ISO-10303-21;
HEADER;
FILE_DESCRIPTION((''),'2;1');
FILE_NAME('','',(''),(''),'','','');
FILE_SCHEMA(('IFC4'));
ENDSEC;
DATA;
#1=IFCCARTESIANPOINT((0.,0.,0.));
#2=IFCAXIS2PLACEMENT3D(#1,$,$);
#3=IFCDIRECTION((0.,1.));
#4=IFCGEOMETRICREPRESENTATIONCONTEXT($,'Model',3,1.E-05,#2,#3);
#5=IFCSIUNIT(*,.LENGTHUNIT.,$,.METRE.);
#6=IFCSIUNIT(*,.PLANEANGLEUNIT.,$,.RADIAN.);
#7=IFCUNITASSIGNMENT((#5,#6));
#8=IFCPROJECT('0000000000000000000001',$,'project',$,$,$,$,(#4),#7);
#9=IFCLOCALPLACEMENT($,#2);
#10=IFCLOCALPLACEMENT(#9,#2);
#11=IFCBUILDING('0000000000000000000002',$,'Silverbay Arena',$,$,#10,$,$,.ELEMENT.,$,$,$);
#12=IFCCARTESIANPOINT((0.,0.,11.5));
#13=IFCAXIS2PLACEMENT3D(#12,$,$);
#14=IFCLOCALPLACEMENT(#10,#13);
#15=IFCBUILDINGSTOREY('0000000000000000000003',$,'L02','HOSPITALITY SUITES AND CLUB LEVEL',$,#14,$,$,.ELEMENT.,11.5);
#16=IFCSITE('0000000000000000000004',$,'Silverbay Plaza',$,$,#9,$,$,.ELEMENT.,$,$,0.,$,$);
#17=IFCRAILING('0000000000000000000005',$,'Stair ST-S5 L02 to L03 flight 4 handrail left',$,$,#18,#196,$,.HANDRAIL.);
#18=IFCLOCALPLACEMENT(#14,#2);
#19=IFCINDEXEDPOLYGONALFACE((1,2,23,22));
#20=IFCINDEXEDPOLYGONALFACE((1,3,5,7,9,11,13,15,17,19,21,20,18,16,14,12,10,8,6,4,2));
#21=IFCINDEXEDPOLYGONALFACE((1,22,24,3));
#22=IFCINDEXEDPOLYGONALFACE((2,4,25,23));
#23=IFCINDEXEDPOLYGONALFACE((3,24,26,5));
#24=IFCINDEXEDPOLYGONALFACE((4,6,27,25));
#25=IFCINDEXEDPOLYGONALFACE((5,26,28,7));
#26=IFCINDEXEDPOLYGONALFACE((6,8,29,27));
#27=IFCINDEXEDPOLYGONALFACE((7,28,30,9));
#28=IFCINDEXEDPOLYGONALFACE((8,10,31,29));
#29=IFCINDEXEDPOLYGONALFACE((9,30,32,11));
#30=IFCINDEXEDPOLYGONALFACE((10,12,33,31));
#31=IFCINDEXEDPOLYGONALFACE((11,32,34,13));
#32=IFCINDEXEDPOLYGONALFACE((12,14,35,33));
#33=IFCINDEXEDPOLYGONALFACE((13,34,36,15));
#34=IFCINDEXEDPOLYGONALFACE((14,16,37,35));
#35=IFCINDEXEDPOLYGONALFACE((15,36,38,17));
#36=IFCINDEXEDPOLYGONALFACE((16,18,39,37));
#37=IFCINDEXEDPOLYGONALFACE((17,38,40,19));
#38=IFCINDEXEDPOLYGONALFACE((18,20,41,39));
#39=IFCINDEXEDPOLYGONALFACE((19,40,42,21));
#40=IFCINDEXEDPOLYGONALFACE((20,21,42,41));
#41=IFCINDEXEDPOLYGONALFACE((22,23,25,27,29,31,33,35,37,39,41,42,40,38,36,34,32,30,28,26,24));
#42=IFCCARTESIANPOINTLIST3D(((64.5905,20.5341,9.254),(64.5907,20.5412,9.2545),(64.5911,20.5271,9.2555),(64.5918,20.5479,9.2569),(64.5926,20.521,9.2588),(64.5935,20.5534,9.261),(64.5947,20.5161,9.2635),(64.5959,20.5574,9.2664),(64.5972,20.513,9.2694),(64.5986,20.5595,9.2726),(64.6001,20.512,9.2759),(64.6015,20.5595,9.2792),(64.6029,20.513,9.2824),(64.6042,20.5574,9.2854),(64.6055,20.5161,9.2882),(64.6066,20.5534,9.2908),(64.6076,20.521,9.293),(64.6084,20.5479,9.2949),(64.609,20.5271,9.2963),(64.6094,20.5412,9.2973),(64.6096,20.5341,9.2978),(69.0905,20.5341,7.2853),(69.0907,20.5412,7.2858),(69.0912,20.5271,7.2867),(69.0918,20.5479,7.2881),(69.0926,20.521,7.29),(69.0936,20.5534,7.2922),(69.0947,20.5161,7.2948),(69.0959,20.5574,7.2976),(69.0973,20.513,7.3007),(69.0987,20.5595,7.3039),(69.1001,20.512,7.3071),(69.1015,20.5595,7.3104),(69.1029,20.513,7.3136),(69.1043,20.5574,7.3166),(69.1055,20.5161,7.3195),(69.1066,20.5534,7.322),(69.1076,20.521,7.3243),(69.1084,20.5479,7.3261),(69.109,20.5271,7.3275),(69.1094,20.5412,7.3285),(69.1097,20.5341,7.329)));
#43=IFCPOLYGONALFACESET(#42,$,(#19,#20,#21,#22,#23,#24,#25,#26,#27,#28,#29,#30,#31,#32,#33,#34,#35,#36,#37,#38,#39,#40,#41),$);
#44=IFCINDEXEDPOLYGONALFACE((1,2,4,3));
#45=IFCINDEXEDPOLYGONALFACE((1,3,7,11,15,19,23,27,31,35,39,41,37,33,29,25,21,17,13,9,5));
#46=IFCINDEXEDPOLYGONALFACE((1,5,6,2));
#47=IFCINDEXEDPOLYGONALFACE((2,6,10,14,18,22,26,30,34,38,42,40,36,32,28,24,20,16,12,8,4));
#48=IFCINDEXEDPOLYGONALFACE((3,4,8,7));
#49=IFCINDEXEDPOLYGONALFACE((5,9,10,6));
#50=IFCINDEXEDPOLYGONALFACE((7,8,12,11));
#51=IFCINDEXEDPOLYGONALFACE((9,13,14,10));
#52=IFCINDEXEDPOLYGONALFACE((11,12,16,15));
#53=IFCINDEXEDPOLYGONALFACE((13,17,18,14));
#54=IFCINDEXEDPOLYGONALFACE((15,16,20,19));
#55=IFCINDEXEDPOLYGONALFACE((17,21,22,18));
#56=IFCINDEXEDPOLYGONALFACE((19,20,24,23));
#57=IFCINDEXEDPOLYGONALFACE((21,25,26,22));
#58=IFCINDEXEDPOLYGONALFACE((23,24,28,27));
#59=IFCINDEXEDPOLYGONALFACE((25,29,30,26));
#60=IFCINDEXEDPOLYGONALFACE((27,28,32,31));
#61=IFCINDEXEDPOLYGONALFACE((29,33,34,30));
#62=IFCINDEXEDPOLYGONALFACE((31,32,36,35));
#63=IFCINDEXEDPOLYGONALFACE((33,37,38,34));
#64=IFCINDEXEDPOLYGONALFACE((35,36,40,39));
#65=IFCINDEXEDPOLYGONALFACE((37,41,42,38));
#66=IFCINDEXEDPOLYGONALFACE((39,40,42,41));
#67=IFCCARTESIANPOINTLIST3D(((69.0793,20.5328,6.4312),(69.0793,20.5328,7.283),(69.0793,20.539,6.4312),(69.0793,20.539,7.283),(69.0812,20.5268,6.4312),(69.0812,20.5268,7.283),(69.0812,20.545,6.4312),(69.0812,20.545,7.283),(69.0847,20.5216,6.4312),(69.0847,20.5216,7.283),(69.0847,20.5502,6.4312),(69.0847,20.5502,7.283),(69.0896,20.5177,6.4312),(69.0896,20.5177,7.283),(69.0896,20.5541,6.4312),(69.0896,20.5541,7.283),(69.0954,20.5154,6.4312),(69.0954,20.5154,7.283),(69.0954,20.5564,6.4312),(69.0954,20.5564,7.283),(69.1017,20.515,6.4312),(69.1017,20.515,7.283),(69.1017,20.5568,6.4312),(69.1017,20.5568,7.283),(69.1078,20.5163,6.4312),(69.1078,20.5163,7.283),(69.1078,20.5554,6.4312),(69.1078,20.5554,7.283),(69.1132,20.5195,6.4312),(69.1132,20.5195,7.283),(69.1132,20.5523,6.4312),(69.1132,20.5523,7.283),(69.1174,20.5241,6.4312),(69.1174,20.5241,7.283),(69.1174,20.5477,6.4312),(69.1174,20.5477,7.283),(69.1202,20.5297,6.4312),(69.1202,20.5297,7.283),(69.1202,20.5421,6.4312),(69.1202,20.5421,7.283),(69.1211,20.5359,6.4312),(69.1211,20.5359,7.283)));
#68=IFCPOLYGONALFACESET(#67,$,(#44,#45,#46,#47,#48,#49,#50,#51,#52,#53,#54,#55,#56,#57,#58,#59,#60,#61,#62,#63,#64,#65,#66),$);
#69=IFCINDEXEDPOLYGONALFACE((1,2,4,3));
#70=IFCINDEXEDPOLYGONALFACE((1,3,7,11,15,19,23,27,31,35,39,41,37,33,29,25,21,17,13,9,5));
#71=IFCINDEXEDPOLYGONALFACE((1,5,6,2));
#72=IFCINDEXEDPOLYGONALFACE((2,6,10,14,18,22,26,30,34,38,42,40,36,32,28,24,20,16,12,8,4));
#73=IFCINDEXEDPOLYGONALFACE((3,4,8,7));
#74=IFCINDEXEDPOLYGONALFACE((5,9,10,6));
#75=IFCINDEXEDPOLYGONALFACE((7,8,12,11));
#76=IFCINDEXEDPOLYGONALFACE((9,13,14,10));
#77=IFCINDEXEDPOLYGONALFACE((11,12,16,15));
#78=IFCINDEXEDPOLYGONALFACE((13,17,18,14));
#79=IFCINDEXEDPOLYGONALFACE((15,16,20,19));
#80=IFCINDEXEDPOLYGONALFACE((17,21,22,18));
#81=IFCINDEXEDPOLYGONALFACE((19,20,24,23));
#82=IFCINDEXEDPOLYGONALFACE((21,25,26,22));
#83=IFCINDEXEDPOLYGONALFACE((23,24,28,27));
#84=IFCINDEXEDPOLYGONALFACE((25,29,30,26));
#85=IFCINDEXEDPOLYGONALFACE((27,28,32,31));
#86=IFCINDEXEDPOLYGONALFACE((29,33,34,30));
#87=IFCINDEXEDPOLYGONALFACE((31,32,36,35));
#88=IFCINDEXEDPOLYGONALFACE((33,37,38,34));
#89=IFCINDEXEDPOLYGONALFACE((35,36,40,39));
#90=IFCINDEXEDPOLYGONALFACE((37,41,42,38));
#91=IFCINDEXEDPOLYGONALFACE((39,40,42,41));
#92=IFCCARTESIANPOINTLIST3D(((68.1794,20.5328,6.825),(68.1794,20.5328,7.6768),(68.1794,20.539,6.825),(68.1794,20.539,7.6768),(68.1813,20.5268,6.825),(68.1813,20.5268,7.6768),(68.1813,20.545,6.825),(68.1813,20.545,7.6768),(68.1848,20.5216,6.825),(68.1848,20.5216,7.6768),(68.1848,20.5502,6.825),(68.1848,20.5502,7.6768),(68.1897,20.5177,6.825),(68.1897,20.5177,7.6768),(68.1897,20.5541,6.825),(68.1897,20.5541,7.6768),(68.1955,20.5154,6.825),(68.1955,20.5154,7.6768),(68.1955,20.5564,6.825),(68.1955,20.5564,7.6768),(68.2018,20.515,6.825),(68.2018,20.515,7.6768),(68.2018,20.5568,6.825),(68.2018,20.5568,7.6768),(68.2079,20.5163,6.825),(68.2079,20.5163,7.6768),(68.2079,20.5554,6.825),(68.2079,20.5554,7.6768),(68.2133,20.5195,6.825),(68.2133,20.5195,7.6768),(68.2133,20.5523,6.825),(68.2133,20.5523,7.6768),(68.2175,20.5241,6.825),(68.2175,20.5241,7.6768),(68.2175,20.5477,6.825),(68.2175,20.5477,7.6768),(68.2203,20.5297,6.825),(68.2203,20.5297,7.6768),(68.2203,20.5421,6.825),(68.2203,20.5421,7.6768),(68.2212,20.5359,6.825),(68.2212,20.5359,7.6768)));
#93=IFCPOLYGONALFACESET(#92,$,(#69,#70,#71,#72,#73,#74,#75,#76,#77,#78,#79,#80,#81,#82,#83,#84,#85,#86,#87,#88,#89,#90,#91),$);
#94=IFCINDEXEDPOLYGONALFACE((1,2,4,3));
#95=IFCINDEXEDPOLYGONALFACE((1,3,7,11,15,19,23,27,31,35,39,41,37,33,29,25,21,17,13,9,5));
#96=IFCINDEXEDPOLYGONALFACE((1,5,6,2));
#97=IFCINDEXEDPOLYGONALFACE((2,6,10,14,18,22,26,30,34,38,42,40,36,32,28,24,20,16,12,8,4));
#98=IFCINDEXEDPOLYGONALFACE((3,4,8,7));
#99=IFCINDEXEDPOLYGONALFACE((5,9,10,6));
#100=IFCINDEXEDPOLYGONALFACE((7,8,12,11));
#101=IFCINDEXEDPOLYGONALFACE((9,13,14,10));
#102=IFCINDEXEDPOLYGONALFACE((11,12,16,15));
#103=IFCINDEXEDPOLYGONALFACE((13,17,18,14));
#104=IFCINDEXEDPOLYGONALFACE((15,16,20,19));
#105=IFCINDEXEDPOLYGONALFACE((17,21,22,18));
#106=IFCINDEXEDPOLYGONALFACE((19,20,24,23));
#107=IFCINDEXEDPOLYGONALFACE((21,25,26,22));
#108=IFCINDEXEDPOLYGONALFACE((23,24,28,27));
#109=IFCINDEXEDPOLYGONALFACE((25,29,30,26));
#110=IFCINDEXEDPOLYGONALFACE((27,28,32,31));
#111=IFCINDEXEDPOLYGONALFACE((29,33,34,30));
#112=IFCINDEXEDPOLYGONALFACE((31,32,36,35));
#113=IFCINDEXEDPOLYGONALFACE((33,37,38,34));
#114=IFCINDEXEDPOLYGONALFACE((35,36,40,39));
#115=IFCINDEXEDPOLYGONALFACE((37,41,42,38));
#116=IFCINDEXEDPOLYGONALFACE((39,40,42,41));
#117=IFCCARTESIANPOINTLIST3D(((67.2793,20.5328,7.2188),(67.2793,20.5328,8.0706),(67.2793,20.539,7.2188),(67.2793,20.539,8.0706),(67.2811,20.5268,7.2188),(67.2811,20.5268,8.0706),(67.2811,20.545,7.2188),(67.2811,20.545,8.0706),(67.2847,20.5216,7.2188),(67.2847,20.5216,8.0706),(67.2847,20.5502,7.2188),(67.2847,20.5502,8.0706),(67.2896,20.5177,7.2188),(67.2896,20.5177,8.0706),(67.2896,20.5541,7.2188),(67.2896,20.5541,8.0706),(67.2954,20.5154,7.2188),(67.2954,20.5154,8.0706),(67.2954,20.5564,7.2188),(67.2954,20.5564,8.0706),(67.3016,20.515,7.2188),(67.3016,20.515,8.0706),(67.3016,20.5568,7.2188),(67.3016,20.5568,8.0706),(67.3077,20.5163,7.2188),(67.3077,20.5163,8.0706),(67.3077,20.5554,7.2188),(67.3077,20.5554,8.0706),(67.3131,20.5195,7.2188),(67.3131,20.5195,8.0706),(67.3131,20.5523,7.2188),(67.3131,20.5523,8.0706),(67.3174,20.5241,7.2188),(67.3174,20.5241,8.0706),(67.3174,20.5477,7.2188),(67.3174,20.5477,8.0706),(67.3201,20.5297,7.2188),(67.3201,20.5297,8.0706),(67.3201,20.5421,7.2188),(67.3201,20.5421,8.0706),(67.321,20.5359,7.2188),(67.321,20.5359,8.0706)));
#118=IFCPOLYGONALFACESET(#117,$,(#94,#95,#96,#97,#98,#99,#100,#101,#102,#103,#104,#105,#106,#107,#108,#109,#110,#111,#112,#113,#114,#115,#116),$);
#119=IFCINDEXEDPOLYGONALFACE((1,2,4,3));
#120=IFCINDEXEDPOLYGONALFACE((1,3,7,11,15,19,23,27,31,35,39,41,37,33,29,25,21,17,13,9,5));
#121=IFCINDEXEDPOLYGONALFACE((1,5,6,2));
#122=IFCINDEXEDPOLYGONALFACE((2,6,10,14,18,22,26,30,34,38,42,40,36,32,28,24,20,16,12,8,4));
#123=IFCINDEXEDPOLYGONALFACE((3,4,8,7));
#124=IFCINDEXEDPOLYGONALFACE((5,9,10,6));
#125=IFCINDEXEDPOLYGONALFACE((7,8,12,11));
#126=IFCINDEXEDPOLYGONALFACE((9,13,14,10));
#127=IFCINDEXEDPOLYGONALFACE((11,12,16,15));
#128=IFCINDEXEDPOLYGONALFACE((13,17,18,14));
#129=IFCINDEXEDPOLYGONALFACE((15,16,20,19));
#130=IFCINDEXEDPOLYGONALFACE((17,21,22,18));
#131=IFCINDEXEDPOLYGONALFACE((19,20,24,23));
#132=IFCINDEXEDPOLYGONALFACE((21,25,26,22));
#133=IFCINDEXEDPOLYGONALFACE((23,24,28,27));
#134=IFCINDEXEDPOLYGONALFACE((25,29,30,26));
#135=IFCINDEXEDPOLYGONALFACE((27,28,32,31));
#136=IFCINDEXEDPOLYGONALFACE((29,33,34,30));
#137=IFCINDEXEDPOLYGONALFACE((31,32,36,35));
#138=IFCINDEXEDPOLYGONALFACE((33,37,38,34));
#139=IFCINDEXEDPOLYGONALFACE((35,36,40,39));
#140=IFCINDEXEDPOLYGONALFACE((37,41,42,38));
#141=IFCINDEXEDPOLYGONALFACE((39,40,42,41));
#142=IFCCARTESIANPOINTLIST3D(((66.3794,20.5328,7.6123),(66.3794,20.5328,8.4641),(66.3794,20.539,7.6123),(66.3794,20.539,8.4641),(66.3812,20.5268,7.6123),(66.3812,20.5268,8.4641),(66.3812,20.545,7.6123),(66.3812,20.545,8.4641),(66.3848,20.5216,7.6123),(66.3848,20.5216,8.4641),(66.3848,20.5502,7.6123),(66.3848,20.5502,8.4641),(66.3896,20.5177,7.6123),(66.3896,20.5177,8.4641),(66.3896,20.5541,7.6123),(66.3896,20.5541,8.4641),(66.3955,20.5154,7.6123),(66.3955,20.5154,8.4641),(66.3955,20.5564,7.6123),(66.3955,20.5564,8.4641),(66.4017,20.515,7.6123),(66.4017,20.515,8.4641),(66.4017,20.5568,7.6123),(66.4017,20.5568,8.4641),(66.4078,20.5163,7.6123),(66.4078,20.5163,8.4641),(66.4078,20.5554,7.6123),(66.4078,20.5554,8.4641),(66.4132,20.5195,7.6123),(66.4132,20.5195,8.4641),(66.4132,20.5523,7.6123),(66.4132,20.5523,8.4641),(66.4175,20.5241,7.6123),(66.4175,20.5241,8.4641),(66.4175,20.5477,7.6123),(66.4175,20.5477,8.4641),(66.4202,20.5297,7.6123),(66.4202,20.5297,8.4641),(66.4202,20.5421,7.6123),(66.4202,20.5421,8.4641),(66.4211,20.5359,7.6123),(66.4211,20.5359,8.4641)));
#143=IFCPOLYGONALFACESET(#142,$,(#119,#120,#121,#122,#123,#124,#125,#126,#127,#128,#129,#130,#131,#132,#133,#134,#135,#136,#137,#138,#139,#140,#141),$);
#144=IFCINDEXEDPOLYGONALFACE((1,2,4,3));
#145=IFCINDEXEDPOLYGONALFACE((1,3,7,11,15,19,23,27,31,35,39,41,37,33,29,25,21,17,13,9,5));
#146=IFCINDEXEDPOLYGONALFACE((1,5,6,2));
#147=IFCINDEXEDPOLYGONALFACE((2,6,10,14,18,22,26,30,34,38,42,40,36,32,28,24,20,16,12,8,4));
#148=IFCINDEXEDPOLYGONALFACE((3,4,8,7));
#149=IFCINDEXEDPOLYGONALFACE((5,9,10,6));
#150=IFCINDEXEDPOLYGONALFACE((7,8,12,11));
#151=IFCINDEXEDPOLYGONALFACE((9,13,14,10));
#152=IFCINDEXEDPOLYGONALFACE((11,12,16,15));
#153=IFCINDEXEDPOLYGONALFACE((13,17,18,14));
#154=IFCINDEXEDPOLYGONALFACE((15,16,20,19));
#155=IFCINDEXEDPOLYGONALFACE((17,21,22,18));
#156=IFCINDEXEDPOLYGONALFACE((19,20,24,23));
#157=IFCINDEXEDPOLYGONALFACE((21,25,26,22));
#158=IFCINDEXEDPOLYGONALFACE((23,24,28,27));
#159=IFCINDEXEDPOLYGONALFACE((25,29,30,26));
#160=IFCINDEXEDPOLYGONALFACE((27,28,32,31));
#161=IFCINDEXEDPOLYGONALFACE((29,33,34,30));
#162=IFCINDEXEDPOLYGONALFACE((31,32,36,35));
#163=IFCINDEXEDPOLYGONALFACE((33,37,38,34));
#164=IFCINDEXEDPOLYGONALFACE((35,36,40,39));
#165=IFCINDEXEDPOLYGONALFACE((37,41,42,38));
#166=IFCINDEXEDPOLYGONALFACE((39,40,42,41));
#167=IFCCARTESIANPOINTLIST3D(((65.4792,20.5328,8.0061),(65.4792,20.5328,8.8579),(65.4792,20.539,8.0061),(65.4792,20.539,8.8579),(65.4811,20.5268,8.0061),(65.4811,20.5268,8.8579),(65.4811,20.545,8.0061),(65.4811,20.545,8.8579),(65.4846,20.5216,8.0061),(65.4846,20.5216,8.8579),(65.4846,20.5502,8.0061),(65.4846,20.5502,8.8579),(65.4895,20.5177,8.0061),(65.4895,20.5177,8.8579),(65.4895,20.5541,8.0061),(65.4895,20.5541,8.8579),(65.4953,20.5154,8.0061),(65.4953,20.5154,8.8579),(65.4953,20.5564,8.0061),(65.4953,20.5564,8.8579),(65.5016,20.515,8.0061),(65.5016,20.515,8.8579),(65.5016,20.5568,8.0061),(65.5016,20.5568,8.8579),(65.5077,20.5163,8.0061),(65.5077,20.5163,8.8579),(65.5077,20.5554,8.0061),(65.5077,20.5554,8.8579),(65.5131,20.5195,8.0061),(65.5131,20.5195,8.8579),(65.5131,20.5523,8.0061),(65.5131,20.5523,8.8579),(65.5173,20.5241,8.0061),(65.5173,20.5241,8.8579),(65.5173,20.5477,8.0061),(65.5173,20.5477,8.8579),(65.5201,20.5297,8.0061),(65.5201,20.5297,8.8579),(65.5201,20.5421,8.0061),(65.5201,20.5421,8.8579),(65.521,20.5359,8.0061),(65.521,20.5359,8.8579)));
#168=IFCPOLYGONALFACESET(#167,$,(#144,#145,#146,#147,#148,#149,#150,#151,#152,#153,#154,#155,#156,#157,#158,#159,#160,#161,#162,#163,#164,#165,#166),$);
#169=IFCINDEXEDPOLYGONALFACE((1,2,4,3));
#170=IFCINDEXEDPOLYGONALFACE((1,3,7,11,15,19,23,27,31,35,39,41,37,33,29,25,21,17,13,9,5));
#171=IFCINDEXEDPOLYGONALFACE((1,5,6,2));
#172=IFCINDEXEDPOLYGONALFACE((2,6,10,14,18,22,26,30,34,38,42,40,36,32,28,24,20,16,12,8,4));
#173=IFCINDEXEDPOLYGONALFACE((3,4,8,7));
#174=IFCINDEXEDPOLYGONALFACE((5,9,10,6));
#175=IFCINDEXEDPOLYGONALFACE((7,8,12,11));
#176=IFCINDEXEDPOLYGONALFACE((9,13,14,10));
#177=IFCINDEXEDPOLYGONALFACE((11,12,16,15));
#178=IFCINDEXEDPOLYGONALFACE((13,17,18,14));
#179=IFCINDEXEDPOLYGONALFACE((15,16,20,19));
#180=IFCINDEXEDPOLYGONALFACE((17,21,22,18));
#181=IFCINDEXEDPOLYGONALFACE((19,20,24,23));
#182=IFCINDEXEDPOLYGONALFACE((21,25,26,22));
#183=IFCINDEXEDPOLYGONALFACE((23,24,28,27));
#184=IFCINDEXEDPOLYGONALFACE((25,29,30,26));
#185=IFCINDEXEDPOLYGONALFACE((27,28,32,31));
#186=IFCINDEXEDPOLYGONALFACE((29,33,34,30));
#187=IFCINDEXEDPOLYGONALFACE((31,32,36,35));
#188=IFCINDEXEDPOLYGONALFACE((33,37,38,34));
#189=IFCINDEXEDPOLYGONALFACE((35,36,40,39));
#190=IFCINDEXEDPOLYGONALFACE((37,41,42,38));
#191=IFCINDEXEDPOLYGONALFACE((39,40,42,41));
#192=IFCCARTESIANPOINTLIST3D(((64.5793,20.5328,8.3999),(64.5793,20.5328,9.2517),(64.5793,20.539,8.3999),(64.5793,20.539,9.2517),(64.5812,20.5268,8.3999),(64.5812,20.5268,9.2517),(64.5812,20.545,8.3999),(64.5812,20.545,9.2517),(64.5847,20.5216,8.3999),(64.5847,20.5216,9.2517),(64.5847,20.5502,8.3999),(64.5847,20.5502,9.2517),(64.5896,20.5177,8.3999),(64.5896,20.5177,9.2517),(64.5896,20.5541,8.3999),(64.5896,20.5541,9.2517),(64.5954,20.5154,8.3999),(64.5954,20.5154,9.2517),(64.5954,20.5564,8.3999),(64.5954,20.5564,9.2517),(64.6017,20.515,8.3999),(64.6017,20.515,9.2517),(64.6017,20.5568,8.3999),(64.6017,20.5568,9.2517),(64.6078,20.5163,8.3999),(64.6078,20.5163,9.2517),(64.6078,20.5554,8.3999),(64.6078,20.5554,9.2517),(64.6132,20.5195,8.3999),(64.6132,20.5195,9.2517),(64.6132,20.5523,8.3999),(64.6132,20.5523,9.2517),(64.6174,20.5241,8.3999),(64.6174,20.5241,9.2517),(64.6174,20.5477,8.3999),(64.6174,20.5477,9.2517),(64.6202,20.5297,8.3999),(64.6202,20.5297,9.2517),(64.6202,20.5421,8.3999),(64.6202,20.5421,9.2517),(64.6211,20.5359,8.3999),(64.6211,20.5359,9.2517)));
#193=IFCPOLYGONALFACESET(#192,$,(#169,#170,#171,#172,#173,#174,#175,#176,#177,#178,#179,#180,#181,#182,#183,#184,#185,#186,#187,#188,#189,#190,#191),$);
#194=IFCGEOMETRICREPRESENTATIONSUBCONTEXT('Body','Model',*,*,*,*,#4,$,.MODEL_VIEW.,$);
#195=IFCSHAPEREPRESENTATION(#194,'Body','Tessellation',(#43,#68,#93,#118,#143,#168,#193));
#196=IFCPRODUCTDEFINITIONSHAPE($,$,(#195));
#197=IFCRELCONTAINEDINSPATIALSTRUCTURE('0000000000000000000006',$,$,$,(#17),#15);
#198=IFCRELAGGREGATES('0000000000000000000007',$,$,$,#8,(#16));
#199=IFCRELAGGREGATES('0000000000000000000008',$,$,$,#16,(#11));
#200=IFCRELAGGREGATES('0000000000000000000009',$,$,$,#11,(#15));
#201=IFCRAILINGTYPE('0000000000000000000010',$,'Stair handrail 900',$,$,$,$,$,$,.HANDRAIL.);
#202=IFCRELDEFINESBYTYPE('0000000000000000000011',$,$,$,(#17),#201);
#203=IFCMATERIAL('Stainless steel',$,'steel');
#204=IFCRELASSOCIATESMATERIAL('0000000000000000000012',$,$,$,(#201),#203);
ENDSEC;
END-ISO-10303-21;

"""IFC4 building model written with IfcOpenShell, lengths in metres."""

from ifc_helpers import new_model, si_unit, direction, frame, origin, origin_2d, place, context, subcontext, project, spatial, circle, extrude, material, type_object, element, save


model = new_model("IFC4")

# Units and contexts
model_context = context("Model", 3, precision=1e-05, world=origin(), true_north=direction((0.0, 1.0)))
body_context = subcontext(model_context, "Body", "Model", "MODEL_VIEW")
ifc_project = project(units=[si_unit("LENGTHUNIT", "METRE"), si_unit("PLANEANGLEUNIT", "RADIAN")], contexts=[model_context])

# Site, building, storey
site_placement = place(None, origin())
site = spatial("IfcSite", under=ifc_project, at=site_placement, Name="Silverbay Plaza", CompositionType="ELEMENT", RefElevation=0.0)
building_placement = place(site_placement, origin())
building = spatial("IfcBuilding", under=site, at=building_placement, Name="Silverbay Arena", CompositionType="ELEMENT")
storey_placement = place(building_placement, frame((0.0, 0.0, 11.5)))
storey = spatial("IfcBuildingStorey", under=building, at=storey_placement, Name="L02", Description="HOSPITALITY SUITES AND CLUB LEVEL", CompositionType="ELEMENT", Elevation=11.5)

# Railing
ifc_material_1 = material(Name="Stainless steel", Category="steel")
railing_type_1 = type_object("IfcRailingType", Name="Stair handrail 900", PredefinedType="HANDRAIL", material=ifc_material_1)
for number, where, name in (
    (1, (69.1001, 20.5359, 6.4312), "Stair ST-S5 L02 to L03 flight 4 handrail left"),
):
    element("IfcRailing", number, at=place(storey_placement, frame(where)), inside=storey, type_object=railing_type_1, Name=name, PredefinedType="HANDRAIL", context=body_context, shape_type="SweptSolid", body=[
        extrude(circle(Radius=0.0239, at=origin_2d()), frame((0.0, 0.0, 0.876), z_axis=(-0.916157, 0.0, 0.400819), x_axis=(0.0, -1.0, 0.0)), (0.0, 0.0, 1.0), 4.9119),
        extrude(circle(Radius=0.021, at=origin_2d()), origin(), (0.0, 0.0, 1.0), 0.8518),
        extrude(circle(Radius=0.021, at=origin_2d()), frame((-0.8999, 0.0, 0.3938)), (0.0, 0.0, 1.0), 0.8518),
        extrude(circle(Radius=0.021, at=origin_2d()), frame((-1.8, 0.0, 0.7876)), (0.0, 0.0, 1.0), 0.8518),
        extrude(circle(Radius=0.021, at=origin_2d()), frame((-2.7, 0.0, 1.1812)), (0.0, 0.0, 1.0), 0.8518),
        extrude(circle(Radius=0.021, at=origin_2d()), frame((-3.6001, 0.0, 1.575)), (0.0, 0.0, 1.0), 0.8518),
        extrude(circle(Radius=0.021, at=origin_2d()), frame((-4.5, 0.0, 1.9688)), (0.0, 0.0, 1.0), 0.8518),
    ])

save(model, "model.ifc")
